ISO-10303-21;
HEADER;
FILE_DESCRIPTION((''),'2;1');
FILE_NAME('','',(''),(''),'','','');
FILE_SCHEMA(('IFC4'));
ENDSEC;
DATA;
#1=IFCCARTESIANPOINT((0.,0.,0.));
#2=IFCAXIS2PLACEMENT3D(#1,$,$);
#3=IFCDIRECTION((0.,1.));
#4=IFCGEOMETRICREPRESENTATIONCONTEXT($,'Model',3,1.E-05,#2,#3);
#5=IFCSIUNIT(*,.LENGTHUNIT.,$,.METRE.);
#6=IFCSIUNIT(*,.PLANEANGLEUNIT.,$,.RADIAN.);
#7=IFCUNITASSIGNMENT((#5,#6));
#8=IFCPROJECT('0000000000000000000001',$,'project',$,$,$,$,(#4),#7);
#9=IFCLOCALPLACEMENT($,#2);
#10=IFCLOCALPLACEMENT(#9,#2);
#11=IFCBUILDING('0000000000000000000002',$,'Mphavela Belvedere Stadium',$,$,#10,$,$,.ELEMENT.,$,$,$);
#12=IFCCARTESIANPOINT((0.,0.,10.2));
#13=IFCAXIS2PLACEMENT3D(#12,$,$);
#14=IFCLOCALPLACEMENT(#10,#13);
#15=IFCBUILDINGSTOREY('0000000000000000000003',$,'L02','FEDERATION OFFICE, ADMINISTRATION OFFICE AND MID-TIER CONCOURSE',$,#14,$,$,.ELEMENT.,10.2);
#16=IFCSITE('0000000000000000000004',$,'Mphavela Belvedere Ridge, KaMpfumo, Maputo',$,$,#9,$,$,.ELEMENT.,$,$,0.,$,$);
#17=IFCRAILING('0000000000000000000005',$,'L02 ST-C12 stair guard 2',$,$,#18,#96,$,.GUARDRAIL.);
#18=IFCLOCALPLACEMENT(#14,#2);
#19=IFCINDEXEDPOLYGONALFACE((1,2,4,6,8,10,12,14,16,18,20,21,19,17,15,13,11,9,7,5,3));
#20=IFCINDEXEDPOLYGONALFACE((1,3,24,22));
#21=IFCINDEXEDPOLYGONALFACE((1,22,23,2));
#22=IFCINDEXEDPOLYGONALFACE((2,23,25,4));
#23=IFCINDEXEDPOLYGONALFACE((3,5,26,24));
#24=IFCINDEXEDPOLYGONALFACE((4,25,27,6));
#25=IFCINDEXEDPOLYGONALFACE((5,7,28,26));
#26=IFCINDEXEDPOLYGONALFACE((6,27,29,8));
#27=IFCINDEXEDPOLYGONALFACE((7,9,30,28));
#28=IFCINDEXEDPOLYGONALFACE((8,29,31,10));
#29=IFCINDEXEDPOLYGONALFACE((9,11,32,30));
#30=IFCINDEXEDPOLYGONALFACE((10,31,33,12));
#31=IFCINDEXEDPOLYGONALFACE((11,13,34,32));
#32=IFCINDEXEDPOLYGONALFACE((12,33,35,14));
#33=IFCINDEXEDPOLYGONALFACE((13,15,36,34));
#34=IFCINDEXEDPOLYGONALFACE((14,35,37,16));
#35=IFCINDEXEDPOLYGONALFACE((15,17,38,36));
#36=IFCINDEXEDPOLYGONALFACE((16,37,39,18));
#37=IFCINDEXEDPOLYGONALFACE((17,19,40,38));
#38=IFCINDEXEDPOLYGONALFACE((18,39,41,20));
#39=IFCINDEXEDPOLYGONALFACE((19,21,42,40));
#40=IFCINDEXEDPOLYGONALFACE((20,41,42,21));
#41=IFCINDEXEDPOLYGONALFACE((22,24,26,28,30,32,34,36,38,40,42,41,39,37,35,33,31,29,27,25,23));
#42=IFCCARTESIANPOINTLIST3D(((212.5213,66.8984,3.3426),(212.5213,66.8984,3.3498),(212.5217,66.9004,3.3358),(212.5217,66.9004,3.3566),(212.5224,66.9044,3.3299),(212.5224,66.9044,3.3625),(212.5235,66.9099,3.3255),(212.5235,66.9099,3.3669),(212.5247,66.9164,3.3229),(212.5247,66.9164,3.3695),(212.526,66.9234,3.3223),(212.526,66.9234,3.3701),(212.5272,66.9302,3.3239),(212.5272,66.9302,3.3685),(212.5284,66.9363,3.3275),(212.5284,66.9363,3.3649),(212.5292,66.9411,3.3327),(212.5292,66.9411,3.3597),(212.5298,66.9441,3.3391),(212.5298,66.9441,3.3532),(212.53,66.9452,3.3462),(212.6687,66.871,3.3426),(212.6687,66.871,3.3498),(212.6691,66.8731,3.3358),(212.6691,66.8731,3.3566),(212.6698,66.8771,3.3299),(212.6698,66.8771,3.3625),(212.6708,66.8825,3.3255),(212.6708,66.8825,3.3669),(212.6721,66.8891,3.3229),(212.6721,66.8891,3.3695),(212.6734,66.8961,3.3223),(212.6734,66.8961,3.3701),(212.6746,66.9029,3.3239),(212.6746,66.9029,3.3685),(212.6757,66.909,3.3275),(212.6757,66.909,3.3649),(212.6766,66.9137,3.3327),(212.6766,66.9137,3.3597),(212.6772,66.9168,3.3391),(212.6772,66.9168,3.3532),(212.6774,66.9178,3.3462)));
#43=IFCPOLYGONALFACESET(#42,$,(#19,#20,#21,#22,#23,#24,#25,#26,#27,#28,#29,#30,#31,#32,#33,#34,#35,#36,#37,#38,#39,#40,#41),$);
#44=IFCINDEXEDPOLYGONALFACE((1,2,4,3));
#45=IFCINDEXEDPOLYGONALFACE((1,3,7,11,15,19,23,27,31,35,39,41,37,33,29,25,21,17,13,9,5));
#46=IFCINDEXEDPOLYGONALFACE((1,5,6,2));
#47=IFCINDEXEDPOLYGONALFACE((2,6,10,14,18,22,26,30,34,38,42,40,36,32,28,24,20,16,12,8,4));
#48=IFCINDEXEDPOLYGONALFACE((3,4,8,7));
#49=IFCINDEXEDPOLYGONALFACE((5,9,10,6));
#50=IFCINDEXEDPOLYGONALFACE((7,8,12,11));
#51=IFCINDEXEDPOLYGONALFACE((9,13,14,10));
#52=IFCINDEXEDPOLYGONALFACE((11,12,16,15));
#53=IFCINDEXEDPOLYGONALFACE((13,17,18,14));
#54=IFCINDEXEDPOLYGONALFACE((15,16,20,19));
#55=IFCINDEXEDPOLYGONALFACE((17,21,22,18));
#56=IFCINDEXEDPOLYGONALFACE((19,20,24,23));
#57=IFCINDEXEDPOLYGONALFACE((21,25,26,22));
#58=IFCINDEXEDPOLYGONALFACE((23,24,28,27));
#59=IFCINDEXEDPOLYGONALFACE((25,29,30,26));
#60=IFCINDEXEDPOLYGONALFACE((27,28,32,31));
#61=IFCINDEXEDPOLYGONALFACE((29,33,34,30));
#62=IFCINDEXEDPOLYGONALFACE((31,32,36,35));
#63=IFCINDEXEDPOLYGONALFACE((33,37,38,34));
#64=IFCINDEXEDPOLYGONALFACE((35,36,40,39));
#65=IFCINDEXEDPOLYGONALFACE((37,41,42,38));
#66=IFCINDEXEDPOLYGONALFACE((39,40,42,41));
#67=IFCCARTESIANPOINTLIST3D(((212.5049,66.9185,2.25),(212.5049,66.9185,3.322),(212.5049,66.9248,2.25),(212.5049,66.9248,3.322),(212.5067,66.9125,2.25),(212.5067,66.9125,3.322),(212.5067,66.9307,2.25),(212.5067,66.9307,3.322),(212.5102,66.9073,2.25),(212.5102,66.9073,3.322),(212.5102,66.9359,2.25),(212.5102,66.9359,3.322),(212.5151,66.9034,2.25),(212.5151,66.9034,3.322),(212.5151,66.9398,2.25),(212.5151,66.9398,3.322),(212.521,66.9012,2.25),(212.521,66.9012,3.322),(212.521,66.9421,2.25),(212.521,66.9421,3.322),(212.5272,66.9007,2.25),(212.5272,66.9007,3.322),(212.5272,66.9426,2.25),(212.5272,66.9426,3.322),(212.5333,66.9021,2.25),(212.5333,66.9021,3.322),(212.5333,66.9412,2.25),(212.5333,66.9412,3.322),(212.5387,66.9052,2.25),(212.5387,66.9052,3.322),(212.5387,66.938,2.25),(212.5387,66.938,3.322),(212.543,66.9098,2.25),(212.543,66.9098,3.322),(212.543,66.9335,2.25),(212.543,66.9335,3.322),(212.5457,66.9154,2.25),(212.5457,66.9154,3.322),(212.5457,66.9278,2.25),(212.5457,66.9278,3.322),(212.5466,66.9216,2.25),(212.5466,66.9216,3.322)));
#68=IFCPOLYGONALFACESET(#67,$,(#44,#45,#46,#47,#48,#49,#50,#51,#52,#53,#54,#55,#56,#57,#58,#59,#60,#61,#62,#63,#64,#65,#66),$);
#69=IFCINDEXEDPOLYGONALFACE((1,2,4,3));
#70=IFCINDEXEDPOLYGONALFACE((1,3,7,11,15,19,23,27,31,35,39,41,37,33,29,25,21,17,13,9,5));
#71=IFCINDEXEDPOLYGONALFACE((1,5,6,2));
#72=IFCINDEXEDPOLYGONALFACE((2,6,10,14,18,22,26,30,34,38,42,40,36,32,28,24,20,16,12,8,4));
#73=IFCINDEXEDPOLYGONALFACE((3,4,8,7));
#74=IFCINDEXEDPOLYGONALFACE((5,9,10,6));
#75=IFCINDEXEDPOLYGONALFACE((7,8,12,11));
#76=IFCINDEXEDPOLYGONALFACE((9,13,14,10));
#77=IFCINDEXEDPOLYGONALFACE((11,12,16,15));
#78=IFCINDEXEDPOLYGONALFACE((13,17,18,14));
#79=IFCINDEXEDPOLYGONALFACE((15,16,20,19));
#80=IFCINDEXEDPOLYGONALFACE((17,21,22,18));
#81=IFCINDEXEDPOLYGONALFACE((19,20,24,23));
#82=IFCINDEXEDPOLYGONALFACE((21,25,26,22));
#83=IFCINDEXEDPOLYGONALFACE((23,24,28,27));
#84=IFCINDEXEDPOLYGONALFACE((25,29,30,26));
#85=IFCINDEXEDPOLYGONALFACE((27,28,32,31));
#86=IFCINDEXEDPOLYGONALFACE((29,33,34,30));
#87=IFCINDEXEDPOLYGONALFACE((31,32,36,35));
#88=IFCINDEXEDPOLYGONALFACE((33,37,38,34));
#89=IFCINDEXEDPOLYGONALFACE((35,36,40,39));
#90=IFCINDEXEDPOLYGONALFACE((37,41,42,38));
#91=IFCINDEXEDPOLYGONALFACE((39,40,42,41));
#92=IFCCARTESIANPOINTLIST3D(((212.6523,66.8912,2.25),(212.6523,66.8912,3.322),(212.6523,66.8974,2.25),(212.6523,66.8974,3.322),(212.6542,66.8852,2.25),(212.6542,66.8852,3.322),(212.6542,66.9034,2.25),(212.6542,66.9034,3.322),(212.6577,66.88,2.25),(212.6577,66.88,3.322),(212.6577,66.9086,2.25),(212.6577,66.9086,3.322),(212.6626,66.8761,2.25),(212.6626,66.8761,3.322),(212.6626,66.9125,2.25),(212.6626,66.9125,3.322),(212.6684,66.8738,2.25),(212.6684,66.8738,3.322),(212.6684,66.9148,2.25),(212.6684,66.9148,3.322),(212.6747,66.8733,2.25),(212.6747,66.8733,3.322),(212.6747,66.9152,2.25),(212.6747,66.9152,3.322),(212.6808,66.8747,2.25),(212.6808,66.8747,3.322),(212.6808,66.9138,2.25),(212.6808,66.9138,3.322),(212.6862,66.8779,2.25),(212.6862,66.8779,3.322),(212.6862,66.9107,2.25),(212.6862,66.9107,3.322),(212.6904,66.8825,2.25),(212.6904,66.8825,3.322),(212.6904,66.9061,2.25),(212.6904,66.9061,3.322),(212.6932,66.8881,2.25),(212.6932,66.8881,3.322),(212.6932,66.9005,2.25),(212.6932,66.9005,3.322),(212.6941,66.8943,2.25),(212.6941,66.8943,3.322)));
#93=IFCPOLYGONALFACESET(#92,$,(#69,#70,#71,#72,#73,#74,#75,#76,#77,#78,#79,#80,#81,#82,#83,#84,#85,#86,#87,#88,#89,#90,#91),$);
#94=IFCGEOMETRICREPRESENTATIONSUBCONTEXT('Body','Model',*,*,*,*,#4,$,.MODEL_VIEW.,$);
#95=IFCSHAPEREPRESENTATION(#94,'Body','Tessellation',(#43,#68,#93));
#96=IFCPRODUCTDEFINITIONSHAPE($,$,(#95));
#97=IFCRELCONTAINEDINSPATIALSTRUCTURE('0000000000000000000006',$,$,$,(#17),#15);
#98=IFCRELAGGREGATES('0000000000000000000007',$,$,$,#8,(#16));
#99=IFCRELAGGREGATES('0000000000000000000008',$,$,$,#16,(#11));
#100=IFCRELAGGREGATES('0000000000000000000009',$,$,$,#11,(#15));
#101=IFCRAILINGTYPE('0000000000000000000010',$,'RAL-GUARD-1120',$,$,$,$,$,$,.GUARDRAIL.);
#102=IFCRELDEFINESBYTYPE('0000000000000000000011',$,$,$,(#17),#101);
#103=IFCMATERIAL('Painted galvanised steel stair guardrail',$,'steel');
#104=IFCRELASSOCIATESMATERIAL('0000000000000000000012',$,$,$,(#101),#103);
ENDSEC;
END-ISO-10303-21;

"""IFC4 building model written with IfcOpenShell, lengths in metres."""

from ifc_helpers import new_model, si_unit, direction, frame, origin, origin_2d, place, context, subcontext, project, spatial, circle, extrude, material, type_object, element, save


model = new_model("IFC4")

# Units and contexts
model_context = context("Model", 3, precision=1e-05, world=origin(), true_north=direction((0.0, 1.0)))
body_context = subcontext(model_context, "Body", "Model", "MODEL_VIEW")
ifc_project = project(units=[si_unit("LENGTHUNIT", "METRE"), si_unit("PLANEANGLEUNIT", "RADIAN")], contexts=[model_context])

# Site, building, storey
site_placement = place(None, origin())
site = spatial("IfcSite", under=ifc_project, at=site_placement, Name="Mphavela Belvedere Ridge, KaMpfumo, Maputo", CompositionType="ELEMENT", RefElevation=0.0)
building_placement = place(site_placement, origin())
building = spatial("IfcBuilding", under=site, at=building_placement, Name="Mphavela Belvedere Stadium", CompositionType="ELEMENT")
storey_placement = place(building_placement, frame((0.0, 0.0, 10.2)))
storey = spatial("IfcBuildingStorey", under=building, at=storey_placement, Name="L02", Description="FEDERATION OFFICE, ADMINISTRATION OFFICE AND MID-TIER CONCOURSE", CompositionType="ELEMENT", Elevation=10.2)

# Railing
ifc_material_1 = material(Name="Painted galvanised steel stair guardrail", Category="steel")
railing_type_1 = type_object("IfcRailingType", Name="RAL-GUARD-1120", PredefinedType="GUARDRAIL", material=ifc_material_1)
railing_1_placement = place(storey_placement, frame((212.5256, 66.9216, 2.25)))
element("IfcRailing", 1, at=railing_1_placement, inside=storey, type_object=railing_type_1, Name="L02 ST-C12 stair guard 2", PredefinedType="GUARDRAIL", context=body_context, shape_type="SweptSolid", body=[
    extrude(circle(Radius=0.0239, at=origin_2d()), frame((0.0, 0.0, 1.0962), z_axis=(0.983239, -0.182322, 0.0), x_axis=(0.182322, 0.983239, 0.0)), (0.0, 0.0, 1.0), 0.1499),
    extrude(circle(Radius=0.021, at=origin_2d()), origin(), (0.0, 0.0, 1.0), 1.072),
    extrude(circle(Radius=0.021, at=origin_2d()), frame((0.1475, -0.0273, 0.0)), (0.0, 0.0, 1.0), 1.072),
])

save(model, "model.ifc")
